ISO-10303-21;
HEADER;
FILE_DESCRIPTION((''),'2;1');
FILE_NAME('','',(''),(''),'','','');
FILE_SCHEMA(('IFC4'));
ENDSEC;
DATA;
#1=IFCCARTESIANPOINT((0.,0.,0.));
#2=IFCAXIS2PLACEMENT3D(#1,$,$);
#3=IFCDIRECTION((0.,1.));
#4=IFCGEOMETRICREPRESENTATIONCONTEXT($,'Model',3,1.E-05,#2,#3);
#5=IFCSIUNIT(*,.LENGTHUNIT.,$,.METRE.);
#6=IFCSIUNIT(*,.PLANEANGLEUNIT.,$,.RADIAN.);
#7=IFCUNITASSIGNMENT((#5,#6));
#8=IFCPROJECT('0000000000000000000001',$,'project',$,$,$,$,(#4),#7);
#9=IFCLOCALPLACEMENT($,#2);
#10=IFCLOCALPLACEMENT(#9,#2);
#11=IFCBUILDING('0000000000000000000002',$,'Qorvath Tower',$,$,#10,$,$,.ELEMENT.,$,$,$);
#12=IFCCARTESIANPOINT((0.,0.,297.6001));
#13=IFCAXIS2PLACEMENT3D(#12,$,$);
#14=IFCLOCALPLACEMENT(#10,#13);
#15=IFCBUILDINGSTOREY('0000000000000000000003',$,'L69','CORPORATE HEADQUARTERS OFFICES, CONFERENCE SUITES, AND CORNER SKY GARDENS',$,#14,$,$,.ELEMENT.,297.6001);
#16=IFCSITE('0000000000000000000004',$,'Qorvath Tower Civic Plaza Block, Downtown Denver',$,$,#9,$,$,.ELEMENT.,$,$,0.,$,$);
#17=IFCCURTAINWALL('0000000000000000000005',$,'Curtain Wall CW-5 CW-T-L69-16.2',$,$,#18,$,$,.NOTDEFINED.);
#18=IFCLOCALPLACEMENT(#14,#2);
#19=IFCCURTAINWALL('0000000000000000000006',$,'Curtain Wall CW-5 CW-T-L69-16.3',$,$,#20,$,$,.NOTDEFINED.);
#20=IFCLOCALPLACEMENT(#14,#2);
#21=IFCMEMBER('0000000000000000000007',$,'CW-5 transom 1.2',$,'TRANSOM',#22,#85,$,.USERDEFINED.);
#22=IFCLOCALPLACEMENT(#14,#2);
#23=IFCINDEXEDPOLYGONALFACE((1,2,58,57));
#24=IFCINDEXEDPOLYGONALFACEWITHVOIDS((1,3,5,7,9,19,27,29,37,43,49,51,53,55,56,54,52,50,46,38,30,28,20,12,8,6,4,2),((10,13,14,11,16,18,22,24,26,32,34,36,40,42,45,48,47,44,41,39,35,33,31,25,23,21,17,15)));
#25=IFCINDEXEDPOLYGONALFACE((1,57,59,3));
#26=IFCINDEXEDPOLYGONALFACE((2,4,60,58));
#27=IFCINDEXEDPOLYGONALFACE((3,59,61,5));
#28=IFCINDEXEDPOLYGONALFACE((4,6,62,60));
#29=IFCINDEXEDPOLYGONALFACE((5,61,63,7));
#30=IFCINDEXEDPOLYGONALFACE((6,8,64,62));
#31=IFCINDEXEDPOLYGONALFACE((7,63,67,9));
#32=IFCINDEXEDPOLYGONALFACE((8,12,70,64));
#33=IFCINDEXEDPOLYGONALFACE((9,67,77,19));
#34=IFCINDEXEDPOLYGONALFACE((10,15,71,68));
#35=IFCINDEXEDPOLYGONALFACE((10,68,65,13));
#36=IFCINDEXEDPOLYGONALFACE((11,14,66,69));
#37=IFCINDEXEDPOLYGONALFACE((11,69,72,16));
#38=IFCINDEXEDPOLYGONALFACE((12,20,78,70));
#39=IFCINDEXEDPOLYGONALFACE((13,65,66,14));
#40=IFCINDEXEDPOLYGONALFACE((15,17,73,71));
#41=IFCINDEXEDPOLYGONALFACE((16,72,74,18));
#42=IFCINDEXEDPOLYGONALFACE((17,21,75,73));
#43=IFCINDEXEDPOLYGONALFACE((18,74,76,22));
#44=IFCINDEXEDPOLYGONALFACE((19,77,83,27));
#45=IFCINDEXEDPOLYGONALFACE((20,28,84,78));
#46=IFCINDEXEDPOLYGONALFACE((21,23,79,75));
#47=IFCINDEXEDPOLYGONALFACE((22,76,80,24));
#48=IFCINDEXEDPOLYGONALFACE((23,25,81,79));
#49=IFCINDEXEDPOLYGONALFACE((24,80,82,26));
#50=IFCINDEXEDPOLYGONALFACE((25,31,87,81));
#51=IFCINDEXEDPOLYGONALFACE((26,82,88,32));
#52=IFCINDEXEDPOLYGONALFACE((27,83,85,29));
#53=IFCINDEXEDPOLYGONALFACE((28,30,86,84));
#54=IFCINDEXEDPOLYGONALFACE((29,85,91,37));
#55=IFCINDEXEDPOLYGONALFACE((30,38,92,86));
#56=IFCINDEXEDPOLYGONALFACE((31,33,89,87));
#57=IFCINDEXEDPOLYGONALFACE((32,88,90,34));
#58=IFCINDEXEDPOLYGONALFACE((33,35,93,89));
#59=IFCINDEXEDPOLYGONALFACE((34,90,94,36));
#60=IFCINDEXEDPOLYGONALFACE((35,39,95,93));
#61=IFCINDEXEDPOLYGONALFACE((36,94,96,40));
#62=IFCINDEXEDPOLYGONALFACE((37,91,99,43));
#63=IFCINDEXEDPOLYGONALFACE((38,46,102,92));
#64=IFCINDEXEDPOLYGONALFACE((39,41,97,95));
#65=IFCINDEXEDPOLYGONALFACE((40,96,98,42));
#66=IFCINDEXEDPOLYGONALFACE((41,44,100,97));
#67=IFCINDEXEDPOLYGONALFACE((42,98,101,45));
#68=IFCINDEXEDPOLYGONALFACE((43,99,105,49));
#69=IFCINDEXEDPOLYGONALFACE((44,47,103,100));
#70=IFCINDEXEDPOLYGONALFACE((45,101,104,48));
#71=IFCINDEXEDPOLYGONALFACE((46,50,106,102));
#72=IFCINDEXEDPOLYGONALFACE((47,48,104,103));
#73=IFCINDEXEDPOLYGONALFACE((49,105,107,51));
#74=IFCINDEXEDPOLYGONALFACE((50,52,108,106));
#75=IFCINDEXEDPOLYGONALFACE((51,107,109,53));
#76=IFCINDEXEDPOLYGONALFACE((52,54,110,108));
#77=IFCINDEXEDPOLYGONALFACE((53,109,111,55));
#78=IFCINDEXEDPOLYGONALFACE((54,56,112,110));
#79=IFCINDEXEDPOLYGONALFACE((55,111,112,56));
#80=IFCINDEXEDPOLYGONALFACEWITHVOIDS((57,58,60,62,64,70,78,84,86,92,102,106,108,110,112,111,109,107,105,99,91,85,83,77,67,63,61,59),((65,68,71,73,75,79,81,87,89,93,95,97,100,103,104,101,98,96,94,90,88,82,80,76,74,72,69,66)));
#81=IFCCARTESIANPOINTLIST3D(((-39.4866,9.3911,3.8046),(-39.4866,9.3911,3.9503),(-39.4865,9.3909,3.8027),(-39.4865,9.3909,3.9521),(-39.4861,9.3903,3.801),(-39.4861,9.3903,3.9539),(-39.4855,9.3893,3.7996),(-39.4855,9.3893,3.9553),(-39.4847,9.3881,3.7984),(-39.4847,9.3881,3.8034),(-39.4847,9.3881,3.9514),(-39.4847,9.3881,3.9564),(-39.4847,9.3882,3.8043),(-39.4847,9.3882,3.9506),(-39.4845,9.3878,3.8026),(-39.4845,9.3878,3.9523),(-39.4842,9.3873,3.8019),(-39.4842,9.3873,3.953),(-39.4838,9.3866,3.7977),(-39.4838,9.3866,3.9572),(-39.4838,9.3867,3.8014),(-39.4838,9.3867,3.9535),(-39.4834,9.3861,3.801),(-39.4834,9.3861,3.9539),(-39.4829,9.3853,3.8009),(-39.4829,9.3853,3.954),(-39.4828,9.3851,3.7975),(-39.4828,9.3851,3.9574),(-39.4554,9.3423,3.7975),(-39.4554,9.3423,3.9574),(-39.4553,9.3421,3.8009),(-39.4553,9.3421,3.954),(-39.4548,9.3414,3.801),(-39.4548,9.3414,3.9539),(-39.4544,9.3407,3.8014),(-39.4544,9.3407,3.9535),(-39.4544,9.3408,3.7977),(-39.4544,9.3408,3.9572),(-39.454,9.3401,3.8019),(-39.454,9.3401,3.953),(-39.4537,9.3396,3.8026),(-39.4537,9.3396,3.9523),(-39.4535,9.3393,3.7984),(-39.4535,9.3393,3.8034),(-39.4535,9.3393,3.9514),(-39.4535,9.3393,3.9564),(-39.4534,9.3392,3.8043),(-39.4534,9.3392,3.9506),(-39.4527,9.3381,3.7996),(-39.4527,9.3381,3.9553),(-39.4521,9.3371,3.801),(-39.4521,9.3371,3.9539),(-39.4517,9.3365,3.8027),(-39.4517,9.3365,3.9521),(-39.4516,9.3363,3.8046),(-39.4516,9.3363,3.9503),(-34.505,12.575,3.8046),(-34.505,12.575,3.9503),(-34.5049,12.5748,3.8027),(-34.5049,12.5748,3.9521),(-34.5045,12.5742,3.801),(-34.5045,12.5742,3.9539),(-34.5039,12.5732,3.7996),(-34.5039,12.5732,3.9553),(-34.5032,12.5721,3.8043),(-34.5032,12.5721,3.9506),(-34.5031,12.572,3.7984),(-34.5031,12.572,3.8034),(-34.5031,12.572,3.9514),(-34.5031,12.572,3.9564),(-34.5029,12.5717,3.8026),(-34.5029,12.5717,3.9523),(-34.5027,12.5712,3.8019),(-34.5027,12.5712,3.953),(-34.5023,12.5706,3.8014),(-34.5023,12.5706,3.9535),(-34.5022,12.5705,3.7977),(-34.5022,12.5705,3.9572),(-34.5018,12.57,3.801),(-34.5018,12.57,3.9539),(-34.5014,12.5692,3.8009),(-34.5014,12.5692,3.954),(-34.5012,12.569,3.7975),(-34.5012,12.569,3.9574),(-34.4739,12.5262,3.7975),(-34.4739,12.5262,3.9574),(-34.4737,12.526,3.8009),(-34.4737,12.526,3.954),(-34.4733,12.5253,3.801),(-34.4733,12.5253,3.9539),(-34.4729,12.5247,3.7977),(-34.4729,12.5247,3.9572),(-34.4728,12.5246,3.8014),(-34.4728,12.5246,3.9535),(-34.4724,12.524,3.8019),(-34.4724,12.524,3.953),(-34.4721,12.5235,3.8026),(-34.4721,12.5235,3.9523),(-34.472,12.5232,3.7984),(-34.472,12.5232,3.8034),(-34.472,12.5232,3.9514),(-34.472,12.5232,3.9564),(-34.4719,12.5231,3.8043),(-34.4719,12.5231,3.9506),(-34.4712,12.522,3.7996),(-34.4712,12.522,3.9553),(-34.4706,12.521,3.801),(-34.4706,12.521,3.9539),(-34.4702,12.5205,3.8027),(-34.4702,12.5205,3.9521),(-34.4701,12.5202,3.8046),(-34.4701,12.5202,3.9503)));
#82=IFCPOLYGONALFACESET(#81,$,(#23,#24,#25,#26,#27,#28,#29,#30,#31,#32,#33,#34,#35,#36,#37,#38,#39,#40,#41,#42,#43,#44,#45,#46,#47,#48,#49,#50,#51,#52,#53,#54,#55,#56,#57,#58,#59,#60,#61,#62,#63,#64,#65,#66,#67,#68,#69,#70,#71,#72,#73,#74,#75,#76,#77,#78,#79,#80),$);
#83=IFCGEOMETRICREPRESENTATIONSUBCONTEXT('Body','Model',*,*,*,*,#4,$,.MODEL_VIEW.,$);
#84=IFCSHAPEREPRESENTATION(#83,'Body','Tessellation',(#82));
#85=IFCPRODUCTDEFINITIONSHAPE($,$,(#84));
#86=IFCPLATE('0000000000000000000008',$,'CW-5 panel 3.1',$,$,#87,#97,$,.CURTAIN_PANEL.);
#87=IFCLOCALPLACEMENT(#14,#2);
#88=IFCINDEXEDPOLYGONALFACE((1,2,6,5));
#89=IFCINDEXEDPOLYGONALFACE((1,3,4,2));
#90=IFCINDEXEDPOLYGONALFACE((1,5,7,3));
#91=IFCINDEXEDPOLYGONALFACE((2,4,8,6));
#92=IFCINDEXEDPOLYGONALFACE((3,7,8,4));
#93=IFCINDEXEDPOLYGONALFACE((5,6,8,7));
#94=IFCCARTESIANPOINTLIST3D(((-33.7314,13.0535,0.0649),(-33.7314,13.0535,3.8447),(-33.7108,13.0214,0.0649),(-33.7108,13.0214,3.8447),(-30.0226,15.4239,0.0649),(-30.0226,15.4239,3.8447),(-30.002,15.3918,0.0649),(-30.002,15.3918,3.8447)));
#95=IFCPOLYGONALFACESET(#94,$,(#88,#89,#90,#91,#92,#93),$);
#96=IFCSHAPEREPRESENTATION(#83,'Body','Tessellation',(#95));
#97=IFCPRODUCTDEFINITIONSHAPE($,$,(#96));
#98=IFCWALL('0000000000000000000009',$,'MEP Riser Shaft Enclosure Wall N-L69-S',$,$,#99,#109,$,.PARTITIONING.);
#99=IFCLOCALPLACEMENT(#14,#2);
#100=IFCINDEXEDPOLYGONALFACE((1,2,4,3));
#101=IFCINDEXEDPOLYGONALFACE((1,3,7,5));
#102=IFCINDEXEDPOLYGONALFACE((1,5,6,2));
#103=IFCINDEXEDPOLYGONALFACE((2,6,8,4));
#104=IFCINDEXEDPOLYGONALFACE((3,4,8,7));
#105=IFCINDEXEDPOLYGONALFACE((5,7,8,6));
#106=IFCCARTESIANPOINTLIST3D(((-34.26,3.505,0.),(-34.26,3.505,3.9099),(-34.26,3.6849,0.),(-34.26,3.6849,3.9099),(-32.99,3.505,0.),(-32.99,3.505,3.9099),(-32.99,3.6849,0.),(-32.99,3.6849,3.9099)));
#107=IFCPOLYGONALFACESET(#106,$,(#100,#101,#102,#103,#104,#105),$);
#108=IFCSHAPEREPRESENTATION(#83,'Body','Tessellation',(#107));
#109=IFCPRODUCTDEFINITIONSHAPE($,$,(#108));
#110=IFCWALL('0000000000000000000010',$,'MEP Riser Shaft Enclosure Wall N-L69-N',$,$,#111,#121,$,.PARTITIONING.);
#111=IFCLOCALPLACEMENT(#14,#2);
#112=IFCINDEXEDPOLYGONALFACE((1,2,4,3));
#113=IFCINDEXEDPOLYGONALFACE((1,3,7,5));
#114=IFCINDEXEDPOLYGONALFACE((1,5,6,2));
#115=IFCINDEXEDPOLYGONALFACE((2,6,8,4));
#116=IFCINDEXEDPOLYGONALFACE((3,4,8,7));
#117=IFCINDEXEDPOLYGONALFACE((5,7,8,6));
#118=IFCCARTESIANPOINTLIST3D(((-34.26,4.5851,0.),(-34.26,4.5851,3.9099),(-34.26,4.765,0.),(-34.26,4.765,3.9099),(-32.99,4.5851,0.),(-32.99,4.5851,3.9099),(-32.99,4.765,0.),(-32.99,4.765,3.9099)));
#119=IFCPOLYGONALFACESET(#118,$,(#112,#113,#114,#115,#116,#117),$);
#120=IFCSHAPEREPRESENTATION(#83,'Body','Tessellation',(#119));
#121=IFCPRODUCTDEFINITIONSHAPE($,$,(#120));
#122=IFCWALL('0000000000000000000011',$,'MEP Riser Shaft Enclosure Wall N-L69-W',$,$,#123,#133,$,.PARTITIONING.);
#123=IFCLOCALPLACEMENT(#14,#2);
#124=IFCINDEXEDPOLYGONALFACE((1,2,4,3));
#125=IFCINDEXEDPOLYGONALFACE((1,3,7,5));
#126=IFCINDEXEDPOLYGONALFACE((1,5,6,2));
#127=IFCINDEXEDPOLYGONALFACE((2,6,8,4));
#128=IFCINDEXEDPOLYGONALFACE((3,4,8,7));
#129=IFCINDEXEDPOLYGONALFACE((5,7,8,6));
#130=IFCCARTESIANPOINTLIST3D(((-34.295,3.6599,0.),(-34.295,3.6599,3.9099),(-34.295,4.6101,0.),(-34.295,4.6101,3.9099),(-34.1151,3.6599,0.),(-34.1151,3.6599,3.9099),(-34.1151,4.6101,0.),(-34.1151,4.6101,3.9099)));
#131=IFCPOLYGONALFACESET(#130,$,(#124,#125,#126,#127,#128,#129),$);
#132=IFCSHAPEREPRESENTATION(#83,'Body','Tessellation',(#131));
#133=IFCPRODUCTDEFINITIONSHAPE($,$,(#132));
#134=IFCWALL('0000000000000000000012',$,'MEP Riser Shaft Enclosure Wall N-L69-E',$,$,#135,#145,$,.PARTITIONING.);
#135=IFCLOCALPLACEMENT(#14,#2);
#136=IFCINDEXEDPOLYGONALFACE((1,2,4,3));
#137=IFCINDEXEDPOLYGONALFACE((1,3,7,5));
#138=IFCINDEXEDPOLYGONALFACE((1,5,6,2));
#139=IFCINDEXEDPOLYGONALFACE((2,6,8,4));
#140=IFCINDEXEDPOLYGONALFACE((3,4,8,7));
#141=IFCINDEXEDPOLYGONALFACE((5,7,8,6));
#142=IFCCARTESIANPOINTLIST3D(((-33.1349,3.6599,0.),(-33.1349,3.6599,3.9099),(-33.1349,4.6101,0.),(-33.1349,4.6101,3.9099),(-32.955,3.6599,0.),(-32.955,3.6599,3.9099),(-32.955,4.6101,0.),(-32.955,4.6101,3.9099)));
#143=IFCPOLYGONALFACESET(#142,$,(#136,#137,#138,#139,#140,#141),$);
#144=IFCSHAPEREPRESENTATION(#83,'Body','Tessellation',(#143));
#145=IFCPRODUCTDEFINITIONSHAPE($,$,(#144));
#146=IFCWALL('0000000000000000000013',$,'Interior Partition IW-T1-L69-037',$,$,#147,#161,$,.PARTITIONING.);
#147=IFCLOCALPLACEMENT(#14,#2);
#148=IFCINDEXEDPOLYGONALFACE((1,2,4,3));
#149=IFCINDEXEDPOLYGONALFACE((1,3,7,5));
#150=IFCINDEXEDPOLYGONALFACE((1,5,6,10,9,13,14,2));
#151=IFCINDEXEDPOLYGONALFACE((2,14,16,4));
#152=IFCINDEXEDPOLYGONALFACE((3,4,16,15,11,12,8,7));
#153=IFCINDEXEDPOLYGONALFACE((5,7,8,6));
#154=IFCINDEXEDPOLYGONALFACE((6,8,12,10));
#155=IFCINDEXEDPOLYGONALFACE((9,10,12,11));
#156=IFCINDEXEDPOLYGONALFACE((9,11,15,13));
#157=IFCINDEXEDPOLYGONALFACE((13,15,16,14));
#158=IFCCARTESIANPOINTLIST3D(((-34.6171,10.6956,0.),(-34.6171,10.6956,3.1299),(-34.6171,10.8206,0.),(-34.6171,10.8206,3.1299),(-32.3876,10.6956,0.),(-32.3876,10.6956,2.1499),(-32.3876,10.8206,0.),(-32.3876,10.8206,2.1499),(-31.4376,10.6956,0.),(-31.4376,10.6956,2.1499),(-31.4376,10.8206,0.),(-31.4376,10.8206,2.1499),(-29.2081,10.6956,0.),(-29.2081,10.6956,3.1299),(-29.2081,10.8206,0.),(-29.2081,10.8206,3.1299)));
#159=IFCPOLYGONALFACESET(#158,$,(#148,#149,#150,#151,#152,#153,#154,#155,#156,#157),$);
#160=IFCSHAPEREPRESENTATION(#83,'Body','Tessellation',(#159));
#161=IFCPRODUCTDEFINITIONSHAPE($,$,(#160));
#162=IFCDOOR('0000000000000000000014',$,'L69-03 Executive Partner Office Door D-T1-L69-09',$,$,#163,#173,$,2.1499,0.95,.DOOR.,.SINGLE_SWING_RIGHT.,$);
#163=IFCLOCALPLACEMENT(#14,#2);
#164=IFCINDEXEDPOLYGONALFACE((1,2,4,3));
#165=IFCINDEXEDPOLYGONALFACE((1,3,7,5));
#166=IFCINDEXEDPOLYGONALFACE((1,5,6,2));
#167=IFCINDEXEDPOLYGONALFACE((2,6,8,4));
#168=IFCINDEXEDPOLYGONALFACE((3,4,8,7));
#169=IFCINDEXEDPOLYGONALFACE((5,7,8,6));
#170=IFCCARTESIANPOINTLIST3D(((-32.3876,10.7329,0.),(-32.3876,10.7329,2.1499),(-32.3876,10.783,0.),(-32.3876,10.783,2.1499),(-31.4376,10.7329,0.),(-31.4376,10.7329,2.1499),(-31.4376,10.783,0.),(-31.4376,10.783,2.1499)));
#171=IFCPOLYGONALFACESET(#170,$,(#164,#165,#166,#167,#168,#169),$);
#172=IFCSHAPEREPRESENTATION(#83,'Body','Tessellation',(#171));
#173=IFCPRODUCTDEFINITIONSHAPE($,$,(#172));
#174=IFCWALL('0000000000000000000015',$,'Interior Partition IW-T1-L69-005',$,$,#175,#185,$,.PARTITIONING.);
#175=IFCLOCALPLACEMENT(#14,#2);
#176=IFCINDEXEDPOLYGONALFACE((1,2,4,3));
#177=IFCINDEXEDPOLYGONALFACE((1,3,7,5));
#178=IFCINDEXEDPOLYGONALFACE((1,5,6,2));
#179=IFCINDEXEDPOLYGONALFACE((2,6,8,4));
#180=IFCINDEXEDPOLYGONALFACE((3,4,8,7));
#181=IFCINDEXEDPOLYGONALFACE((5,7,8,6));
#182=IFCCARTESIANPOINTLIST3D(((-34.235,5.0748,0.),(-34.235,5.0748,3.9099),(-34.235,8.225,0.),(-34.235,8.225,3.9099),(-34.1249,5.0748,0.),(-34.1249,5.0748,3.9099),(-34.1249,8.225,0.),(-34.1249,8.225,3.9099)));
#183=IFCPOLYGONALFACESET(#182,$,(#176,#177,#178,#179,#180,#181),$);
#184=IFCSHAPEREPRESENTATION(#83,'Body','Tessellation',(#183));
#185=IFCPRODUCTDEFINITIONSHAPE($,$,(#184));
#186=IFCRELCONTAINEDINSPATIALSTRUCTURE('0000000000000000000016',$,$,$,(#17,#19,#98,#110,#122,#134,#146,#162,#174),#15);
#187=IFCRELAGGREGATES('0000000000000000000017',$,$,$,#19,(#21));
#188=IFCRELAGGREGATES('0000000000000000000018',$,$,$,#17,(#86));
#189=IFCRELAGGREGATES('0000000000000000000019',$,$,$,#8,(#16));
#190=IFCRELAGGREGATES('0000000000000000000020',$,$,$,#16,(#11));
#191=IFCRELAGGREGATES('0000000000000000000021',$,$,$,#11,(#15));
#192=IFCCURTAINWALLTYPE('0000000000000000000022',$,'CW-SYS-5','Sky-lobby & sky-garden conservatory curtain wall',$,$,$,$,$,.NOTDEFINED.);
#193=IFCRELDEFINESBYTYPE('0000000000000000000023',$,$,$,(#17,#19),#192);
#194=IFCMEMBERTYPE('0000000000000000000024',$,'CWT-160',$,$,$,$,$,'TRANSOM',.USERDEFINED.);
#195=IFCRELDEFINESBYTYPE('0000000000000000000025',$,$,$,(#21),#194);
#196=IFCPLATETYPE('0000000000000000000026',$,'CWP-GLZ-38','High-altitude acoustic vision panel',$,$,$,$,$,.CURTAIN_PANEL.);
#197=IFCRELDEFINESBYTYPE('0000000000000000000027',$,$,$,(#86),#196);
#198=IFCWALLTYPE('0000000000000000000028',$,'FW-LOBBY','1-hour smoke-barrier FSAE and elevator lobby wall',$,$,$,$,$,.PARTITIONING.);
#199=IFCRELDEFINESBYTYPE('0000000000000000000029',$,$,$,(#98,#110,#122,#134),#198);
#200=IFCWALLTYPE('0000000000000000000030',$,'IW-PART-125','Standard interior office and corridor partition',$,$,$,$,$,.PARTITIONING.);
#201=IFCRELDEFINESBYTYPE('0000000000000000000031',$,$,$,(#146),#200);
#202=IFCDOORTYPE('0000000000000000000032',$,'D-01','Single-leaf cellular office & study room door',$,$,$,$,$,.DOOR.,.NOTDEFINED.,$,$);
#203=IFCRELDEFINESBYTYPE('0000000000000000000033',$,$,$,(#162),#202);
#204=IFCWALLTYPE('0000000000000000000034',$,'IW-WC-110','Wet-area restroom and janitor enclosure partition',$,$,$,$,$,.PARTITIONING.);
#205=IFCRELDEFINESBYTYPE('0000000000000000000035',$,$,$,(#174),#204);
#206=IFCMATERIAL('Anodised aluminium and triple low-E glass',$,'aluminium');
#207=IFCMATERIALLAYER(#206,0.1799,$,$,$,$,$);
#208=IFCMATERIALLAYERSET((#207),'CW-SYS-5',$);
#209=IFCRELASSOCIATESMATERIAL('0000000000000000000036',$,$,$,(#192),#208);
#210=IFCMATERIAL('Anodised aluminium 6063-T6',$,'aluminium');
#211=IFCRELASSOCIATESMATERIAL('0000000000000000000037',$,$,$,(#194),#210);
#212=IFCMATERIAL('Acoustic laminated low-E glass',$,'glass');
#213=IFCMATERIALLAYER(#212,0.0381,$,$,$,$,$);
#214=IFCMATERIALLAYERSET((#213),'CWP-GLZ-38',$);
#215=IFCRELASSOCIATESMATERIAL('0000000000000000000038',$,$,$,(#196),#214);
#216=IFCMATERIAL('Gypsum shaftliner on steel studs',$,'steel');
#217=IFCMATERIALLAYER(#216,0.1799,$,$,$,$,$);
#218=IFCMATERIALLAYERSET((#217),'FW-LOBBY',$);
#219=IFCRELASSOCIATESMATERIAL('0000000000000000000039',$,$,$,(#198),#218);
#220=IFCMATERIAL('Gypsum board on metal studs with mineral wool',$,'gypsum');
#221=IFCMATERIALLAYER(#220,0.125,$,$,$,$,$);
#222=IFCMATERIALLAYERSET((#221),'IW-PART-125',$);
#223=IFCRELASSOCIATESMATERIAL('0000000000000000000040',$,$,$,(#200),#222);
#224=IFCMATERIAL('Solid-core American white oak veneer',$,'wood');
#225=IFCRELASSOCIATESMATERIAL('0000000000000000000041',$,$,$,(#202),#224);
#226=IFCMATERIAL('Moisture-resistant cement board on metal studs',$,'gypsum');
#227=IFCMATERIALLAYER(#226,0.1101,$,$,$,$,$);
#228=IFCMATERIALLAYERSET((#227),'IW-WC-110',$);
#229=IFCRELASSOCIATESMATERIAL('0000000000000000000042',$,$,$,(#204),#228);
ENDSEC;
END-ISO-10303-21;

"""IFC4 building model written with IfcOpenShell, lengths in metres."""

from ifc_helpers import new_model, si_unit, direction, frame, frame_2d, origin, origin_2d, place, context, subcontext, project, spatial, rectangle, hollow_rectangle, extrude, material, layer, layer_set, material_profile, profile_set, type_object, element, fill, aggregate, save


model = new_model("IFC4")

# Units and contexts
model_context = context("Model", 3, precision=1e-05, world=origin(), true_north=direction((0.0, 1.0)))
body_context = subcontext(model_context, "Body", "Model", "MODEL_VIEW")
ifc_project = project(units=[si_unit("LENGTHUNIT", "METRE"), si_unit("PLANEANGLEUNIT", "RADIAN")], contexts=[model_context])

# Site, building, storey
site_placement = place(None, origin())
site = spatial("IfcSite", under=ifc_project, at=site_placement, Name="Qorvath Tower Civic Plaza Block, Downtown Denver", CompositionType="ELEMENT", RefElevation=0.0)
building_placement = place(site_placement, origin())
building = spatial("IfcBuilding", under=site, at=building_placement, Name="Qorvath Tower", CompositionType="ELEMENT")
storey_placement = place(building_placement, frame((0.0, 0.0, 297.6001)))
storey = spatial("IfcBuildingStorey", under=building, at=storey_placement, Name="L69", Description="CORPORATE HEADQUARTERS OFFICES, CONFERENCE SUITES, AND CORNER SKY GARDENS", CompositionType="ELEMENT", Elevation=297.6001)

# Curtain walls
ifc_material_1 = material(Name="Anodised aluminium and triple low-E glass", Category="aluminium")
ifc_layer_1 = layer(ifc_material_1, 0.1799)
ifc_layer_set_1 = layer_set([ifc_layer_1], Name="CW-SYS-5")
curtain_wall_type = type_object("IfcCurtainWallType", Name="CW-SYS-5", Description="Sky-lobby & sky-garden conservatory curtain wall", PredefinedType="NOTDEFINED", material=ifc_layer_set_1)
curtain_wall_1_placement = place(storey_placement, origin())
curtain_wall_1 = element("IfcCurtainWall", 1, at=curtain_wall_1_placement, inside=storey, type_object=curtain_wall_type, Name="Curtain Wall CW-5 CW-T-L69-16.2", PredefinedType="NOTDEFINED")
curtain_wall_2_placement = place(storey_placement, origin())
curtain_wall_2 = element("IfcCurtainWall", 2, at=curtain_wall_2_placement, inside=storey, type_object=curtain_wall_type, Name="Curtain Wall CW-5 CW-T-L69-16.3", PredefinedType="NOTDEFINED")

# Member
ifc_material_2 = material(Name="Anodised aluminium 6063-T6", Category="aluminium")
ifc_material_profile_1 = material_profile(ifc_material_2, hollow_rectangle(XDim=0.0649, YDim=0.1599, WallThickness=0.0034, InnerFilletRadius=0.0034, OuterFilletRadius=0.0071, at=origin_2d()), Name="CWT 160x65")
ifc_profile_set_1 = profile_set([ifc_material_profile_1], Name="Anodised aluminium 6063-T6")
member_type_1 = type_object("IfcMemberType", Name="CWT-160", ElementType="TRANSOM", PredefinedType="USERDEFINED", material=ifc_profile_set_1)
member_1_placement = place(storey_placement, frame((-34.4875, 12.5476, 3.8774), z_axis=(-0.8426, -0.538539, 0.0), x_axis=(0.538539, -0.8426, 0.0)))
member_1 = element("IfcMember", 3, at=member_1_placement, type_object=member_type_1, Name="CW-5 transom 1.2", ObjectType="TRANSOM", PredefinedType="USERDEFINED", context=body_context, shape_type="SweptSolid", body=[
    extrude(hollow_rectangle(XDim=0.0649, YDim=0.1599, WallThickness=0.0034, InnerFilletRadius=0.0034, OuterFilletRadius=0.0071, at=origin_2d()), origin(), (0.0, 0.0, 1.0), 5.9121),
])
aggregate(curtain_wall_2, [member_1])

# Plate
ifc_material_3 = material(Name="Acoustic laminated low-E glass", Category="glass")
ifc_layer_2 = layer(ifc_material_3, 0.0381)
ifc_layer_set_2 = layer_set([ifc_layer_2], Name="CWP-GLZ-38")
plate_type = type_object("IfcPlateType", Name="CWP-GLZ-38", Description="High-altitude acoustic vision panel", PredefinedType="CURTAIN_PANEL", material=ifc_layer_set_2)
plate_placement = place(storey_placement, frame((-31.8667, 14.2227, 0.0649), z_axis=(0.0, 0.0, 1.0), x_axis=(-0.842599, -0.538541, 0.0)))
plate = element("IfcPlate", 4, at=plate_placement, type_object=plate_type, Name="CW-5 panel 3.1", PredefinedType="CURTAIN_PANEL", context=body_context, shape_type="SweptSolid", body=[
    extrude(rectangle(XDim=4.4016, YDim=0.0381, at=origin_2d()), origin(), (0.0, 0.0, 1.0), 3.7798),
])
aggregate(curtain_wall_1, [plate])

# Walls
ifc_material_4 = material(Name="Gypsum shaftliner on steel studs", Category="steel")
ifc_layer_3 = layer(ifc_material_4, 0.1799)
ifc_layer_set_3 = layer_set([ifc_layer_3], Name="FW-LOBBY")
wall_type_1 = type_object("IfcWallType", Name="FW-LOBBY", Description="1-hour smoke-barrier FSAE and elevator lobby wall", PredefinedType="PARTITIONING", material=ifc_layer_set_3)
for number, where, z_axis, x_axis, name in (
    (5, (-32.99, 3.595, 0.0), (0.0, 0.0, 1.0), (-1.0, 0.0, 0.0), "MEP Riser Shaft Enclosure Wall N-L69-S"),
    (6, (-34.26, 4.675, 0.0), (0.0, 0.0, 1.0), (1.0, 0.0, 0.0), "MEP Riser Shaft Enclosure Wall N-L69-N"),
):
    element("IfcWall", number, at=place(storey_placement, frame(where, z_axis=z_axis, x_axis=x_axis)), inside=storey, type_object=wall_type_1, Name=name, PredefinedType="PARTITIONING", context=body_context, shape_type="SweptSolid", body=[
        extrude(rectangle(XDim=1.27, YDim=0.1799, at=frame_2d((0.635, 0.0))), origin(), (0.0, 0.0, 1.0), 3.9099),
    ])
for number, where, z_axis, x_axis, name in (
    (7, (-34.2051, 3.6599, 0.0), (0.0, 0.0, 1.0), (0.0, 1.0, 0.0), "MEP Riser Shaft Enclosure Wall N-L69-W"),
    (8, (-33.0449, 4.6101, 0.0), (0.0, 0.0, 1.0), (0.0, -1.0, 0.0), "MEP Riser Shaft Enclosure Wall N-L69-E"),
):
    element("IfcWall", number, at=place(storey_placement, frame(where, z_axis=z_axis, x_axis=x_axis)), inside=storey, type_object=wall_type_1, Name=name, PredefinedType="PARTITIONING", context=body_context, shape_type="SweptSolid", body=[
        extrude(rectangle(XDim=0.9502, YDim=0.1799, at=frame_2d((0.4751, 0.0))), origin(), (0.0, 0.0, 1.0), 3.9099),
    ])

# Wall, opening, door
ifc_material_5 = material(Name="Gypsum board on metal studs with mineral wool", Category="gypsum")
ifc_layer_4 = layer(ifc_material_5, 0.125)
ifc_layer_set_4 = layer_set([ifc_layer_4], Name="IW-PART-125")
wall_type_2 = type_object("IfcWallType", Name="IW-PART-125", Description="Standard interior office and corridor partition", PredefinedType="PARTITIONING", material=ifc_layer_set_4)
wall_1_placement = place(storey_placement, frame((-34.6172, 10.7581, 0.0), z_axis=(0.0, 0.0, 1.0), x_axis=(1.0, 0.0, 0.0)))
wall_1 = element("IfcWall", 9, at=wall_1_placement, inside=storey, type_object=wall_type_2, Name="Interior Partition IW-T1-L69-037", PredefinedType="PARTITIONING", context=body_context, shape_type="SweptSolid", body=[
    extrude(rectangle(XDim=5.4089, YDim=0.125, at=frame_2d((2.7046, 0.0))), origin(), (0.0, 0.0, 1.0), 3.1299),
])
opening_placement = place(wall_1_placement, frame((2.2295, 0.0, 0.0)))
opening = element("IfcOpeningElement", 10, at=opening_placement, cuts=wall_1, PredefinedType="OPENING", context=body_context, shape_type="SweptSolid", body=[
    extrude(rectangle(XDim=0.95, YDim=2.1499, at=frame_2d((0.4751, 1.075))), frame((0.0, 0.0725, 0.0), z_axis=(0.0, -1.0, 0.0), x_axis=(1.0, 0.0, 0.0)), (0.0, 0.0, 1.0), 0.145),
])
ifc_material_6 = material(Name="Solid-core American white oak veneer", Category="wood")
door_type = type_object("IfcDoorType", Name="D-01", Description="Single-leaf cellular office & study room door", OperationType="NOTDEFINED", PredefinedType="DOOR", material=ifc_material_6)
door_placement = place(opening_placement, origin())
door = element("IfcDoor", 11, at=door_placement, inside=storey, type_object=door_type, Name="L69-03 Executive Partner Office Door D-T1-L69-09", OperationType="SINGLE_SWING_RIGHT", OverallHeight=2.1499, OverallWidth=0.95, PredefinedType="DOOR", context=body_context, shape_type="SweptSolid", body=[
    extrude(rectangle(XDim=0.95, YDim=2.1499, at=frame_2d((0.4751, 1.075))), frame((0.0, 0.0249, 0.0), z_axis=(0.0, -1.0, 0.0), x_axis=(1.0, 0.0, 0.0)), (0.0, 0.0, 1.0), 0.05),
])
fill(opening, door)

# Wall
ifc_material_7 = material(Name="Moisture-resistant cement board on metal studs", Category="gypsum")
ifc_layer_5 = layer(ifc_material_7, 0.1101)
ifc_layer_set_5 = layer_set([ifc_layer_5], Name="IW-WC-110")
wall_type_3 = type_object("IfcWallType", Name="IW-WC-110", Description="Wet-area restroom and janitor enclosure partition", PredefinedType="PARTITIONING", material=ifc_layer_set_5)
wall_2_placement = place(storey_placement, frame((-34.1799, 8.2251, 0.0), z_axis=(0.0, 0.0, 1.0), x_axis=(0.0, -1.0, 0.0)))
element("IfcWall", 12, at=wall_2_placement, inside=storey, type_object=wall_type_3, Name="Interior Partition IW-T1-L69-005", PredefinedType="PARTITIONING", context=body_context, shape_type="SweptSolid", body=[
    extrude(rectangle(XDim=3.1501, YDim=0.1101, at=frame_2d((1.5752, 0.0))), origin(), (0.0, 0.0, 1.0), 3.9099),
])

save(model, "model.ifc")
